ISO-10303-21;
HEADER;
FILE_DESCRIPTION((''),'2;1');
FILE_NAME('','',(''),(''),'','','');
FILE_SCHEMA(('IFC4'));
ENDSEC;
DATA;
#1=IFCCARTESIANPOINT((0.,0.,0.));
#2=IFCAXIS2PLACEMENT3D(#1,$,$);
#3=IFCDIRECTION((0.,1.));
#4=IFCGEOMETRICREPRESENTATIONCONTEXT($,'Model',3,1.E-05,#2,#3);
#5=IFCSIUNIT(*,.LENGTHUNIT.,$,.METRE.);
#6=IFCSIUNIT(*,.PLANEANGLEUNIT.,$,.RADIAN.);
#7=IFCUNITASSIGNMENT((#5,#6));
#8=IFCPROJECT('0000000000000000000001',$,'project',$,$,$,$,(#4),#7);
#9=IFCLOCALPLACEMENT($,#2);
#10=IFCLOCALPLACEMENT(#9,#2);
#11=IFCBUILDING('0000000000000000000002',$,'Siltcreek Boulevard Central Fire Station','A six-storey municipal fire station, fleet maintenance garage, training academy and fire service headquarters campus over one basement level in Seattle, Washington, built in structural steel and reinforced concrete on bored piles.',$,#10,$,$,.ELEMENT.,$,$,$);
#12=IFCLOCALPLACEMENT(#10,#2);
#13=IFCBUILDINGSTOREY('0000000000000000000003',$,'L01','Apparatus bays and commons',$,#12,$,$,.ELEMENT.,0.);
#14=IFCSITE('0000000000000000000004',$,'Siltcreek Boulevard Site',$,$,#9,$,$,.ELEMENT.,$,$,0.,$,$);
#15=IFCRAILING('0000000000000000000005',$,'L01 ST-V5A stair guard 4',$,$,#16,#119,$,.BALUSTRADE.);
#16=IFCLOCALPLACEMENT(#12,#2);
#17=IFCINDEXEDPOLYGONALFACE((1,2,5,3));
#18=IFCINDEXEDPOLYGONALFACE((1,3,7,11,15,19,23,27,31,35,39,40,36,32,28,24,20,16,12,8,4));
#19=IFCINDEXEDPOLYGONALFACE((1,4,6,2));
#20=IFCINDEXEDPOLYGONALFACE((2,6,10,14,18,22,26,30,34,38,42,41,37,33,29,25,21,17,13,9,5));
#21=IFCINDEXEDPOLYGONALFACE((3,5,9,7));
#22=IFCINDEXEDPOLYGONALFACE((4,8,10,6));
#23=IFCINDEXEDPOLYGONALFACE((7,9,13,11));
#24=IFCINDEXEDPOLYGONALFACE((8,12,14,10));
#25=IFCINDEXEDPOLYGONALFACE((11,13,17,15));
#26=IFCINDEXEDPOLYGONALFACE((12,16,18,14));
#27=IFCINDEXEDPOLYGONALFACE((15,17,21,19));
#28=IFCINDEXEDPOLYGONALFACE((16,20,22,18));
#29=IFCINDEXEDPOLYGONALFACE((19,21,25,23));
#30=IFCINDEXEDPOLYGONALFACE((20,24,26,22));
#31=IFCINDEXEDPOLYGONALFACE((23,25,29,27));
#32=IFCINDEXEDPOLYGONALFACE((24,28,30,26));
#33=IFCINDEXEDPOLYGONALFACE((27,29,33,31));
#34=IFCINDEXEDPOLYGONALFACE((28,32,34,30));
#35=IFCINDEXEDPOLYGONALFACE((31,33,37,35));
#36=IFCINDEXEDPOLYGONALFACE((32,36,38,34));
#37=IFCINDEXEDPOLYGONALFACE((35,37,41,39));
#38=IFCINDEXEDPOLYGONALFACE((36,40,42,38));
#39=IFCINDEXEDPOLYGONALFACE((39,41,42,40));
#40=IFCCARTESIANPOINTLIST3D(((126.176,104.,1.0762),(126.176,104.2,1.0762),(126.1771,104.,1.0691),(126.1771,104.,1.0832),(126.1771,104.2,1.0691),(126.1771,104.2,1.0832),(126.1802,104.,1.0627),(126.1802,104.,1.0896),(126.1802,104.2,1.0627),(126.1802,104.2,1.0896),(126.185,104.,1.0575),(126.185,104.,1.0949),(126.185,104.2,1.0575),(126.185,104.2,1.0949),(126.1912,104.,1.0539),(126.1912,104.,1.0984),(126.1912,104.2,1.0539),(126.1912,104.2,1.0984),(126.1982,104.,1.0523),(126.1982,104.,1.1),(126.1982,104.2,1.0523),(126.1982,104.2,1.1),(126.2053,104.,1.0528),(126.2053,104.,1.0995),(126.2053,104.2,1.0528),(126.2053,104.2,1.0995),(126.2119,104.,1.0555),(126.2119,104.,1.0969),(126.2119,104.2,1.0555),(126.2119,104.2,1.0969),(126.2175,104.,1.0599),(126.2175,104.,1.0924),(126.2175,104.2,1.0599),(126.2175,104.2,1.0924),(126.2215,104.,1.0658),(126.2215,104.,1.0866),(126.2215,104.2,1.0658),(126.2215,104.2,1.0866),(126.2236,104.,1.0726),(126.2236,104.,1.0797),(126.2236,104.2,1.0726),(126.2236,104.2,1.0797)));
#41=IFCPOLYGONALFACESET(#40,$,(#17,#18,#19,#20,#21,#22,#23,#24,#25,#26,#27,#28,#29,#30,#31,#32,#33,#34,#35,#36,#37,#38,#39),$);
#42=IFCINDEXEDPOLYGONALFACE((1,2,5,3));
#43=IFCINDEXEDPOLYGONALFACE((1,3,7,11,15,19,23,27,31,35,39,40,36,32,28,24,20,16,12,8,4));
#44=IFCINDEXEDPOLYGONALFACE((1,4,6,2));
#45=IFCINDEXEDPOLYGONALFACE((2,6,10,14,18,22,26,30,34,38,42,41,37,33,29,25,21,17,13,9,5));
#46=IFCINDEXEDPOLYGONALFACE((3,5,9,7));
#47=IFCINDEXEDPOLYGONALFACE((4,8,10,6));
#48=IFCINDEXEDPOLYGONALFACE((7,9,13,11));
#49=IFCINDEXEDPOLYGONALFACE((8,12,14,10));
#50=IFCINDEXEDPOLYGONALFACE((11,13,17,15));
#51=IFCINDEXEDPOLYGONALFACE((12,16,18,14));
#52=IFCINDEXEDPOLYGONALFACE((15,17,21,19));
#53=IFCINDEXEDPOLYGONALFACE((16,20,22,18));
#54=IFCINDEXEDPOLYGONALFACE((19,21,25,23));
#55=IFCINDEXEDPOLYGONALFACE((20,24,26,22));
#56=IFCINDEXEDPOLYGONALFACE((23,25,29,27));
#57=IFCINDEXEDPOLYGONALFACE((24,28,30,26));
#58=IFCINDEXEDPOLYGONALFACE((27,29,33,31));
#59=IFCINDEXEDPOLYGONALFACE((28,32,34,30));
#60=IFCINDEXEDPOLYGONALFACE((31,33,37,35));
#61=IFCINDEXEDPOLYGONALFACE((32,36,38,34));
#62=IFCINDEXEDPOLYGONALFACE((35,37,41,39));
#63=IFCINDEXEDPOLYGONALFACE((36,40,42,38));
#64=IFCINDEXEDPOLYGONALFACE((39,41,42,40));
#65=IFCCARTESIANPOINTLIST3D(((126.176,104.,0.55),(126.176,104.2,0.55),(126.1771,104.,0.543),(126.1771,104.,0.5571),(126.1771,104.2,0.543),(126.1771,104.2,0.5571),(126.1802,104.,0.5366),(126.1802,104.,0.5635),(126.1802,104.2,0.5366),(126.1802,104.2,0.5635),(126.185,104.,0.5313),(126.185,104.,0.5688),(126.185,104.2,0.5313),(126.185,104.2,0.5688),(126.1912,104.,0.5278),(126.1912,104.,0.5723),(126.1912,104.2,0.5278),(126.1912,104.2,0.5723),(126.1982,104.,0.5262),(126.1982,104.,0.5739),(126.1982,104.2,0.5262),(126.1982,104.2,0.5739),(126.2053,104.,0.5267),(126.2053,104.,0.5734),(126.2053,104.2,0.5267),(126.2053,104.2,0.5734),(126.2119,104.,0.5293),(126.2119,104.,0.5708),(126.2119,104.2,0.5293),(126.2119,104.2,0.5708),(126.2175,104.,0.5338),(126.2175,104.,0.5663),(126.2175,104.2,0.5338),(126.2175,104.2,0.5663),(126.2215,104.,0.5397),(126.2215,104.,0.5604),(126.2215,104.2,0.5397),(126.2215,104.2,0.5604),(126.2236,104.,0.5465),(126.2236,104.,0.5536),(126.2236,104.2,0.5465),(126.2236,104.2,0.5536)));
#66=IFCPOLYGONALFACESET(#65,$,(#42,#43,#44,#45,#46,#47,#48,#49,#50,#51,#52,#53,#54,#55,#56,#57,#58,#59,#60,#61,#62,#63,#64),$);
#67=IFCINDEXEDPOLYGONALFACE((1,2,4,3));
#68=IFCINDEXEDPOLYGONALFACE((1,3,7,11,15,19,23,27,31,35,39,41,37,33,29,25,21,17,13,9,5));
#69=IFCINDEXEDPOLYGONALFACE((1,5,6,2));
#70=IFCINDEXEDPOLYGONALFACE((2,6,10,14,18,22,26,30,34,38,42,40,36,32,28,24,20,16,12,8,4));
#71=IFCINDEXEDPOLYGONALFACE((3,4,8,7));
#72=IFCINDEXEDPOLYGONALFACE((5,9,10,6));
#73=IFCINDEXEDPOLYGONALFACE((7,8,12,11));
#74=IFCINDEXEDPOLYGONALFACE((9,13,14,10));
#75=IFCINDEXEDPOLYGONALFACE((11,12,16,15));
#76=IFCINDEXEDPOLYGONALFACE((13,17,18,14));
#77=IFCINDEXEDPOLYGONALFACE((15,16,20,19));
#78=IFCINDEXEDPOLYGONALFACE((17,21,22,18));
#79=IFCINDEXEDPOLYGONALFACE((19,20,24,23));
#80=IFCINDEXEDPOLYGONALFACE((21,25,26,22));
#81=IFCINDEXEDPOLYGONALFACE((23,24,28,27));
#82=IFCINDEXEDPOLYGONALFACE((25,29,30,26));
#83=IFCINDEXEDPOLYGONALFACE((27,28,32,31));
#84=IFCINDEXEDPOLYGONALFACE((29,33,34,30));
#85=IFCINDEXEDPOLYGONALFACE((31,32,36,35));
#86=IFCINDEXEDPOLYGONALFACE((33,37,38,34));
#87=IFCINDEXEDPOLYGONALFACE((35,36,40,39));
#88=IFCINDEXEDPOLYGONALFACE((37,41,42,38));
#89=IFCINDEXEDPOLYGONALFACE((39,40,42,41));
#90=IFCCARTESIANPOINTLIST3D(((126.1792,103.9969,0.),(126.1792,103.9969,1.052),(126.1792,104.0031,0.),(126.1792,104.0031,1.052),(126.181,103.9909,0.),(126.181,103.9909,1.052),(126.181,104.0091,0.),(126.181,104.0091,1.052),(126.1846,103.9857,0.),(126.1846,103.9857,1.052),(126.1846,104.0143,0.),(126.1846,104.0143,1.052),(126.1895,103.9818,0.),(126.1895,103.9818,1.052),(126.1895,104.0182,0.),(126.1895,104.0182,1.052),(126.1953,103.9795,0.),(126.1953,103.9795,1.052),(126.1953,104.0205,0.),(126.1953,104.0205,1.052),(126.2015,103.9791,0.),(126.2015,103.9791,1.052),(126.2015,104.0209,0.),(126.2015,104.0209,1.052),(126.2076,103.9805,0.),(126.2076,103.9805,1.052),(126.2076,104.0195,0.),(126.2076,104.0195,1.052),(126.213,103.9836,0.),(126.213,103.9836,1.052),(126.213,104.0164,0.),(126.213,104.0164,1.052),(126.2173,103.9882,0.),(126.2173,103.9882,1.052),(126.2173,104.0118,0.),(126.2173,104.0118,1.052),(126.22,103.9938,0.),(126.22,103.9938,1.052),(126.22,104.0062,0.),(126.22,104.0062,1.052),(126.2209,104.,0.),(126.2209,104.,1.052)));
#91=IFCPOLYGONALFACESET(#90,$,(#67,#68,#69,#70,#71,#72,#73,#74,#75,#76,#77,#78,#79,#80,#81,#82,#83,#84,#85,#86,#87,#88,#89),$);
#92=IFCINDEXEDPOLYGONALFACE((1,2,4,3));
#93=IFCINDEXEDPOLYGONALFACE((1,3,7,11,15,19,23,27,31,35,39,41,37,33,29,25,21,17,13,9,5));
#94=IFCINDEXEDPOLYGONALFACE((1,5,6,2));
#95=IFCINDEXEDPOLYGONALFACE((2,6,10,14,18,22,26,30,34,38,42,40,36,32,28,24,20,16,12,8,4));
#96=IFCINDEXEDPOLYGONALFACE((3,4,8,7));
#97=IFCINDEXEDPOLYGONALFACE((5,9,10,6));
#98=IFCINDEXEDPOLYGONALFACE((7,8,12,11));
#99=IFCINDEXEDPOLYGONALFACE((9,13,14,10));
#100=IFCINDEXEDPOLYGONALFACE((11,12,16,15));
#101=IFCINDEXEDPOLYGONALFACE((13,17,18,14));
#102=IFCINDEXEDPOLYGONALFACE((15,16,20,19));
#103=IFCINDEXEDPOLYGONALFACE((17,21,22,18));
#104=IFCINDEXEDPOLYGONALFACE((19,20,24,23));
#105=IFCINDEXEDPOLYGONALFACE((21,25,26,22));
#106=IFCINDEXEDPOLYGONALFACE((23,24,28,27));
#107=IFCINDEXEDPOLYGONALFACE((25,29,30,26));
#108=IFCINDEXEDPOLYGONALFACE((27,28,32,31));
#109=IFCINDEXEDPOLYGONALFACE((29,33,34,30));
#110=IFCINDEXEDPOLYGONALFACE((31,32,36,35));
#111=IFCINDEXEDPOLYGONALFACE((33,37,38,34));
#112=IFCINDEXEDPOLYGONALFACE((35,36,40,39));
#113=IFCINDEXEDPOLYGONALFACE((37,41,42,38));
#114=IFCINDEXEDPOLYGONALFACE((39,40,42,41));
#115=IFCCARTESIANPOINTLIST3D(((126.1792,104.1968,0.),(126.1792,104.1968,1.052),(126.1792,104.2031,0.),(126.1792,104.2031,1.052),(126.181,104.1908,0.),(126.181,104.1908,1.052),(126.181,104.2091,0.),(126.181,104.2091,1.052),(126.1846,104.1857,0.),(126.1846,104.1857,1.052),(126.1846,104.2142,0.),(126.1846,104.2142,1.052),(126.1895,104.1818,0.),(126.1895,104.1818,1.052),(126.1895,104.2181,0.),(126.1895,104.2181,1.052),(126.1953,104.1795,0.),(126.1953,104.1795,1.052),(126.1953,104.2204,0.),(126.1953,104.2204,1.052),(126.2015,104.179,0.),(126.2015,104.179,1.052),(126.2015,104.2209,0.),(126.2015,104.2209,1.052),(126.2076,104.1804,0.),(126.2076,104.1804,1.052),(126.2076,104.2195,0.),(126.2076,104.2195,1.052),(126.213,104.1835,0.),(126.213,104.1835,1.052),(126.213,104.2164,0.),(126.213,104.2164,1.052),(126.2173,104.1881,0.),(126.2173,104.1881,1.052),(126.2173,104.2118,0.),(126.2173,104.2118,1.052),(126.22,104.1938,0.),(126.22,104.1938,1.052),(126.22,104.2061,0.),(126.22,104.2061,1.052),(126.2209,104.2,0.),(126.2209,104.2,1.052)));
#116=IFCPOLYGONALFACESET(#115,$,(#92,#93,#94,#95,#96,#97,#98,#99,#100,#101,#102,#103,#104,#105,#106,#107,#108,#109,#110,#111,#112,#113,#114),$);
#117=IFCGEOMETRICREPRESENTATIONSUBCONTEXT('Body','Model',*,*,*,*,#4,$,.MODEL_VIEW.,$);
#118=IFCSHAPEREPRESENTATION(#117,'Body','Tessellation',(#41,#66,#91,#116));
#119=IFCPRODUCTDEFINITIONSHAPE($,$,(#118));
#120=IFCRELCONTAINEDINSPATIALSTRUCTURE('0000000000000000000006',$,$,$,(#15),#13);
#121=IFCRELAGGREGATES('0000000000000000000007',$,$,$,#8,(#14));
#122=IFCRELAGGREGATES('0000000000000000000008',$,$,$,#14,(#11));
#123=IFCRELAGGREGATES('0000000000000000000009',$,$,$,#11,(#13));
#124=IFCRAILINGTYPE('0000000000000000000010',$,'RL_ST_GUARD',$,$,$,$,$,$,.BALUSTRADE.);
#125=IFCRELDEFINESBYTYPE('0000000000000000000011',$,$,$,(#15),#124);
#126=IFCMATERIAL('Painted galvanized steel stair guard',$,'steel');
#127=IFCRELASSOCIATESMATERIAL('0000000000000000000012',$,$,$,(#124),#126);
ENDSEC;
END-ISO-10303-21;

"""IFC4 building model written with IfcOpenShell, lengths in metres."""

from ifc_helpers import new_model, si_unit, direction, frame, origin, origin_2d, place, context, subcontext, project, spatial, circle, extrude, material, type_object, element, save


model = new_model("IFC4")

# Units and contexts
model_context = context("Model", 3, precision=1e-05, world=origin(), true_north=direction((0.0, 1.0)))
body_context = subcontext(model_context, "Body", "Model", "MODEL_VIEW")
ifc_project = project(units=[si_unit("LENGTHUNIT", "METRE"), si_unit("PLANEANGLEUNIT", "RADIAN")], contexts=[model_context])

# Site, building, storey
site_placement = place(None, origin())
site = spatial("IfcSite", under=ifc_project, at=site_placement, Name="Siltcreek Boulevard Site", CompositionType="ELEMENT", RefElevation=0.0)
building_placement = place(site_placement, origin())
building = spatial("IfcBuilding", under=site, at=building_placement, Name="Siltcreek Boulevard Central Fire Station", Description="A six-storey municipal fire station, fleet maintenance garage, training academy and fire service headquarters campus over one basement level in Seattle, Washington, built in structural steel and reinforced concrete on bored piles.", CompositionType="ELEMENT")
storey_placement = place(building_placement, origin())
storey = spatial("IfcBuildingStorey", under=building, at=storey_placement, Name="L01", Description="Apparatus bays and commons", CompositionType="ELEMENT", Elevation=0.0)

# Railing
ifc_material_1 = material(Name="Painted galvanized steel stair guard", Category="steel")
railing_type_1 = type_object("IfcRailingType", Name="RL_ST_GUARD", PredefinedType="BALUSTRADE", material=ifc_material_1)
railing_1_placement = place(storey_placement, frame((126.2, 104.0, 0.0)))
element("IfcRailing", 1, at=railing_1_placement, inside=storey, type_object=railing_type_1, Name="L01 ST-V5A stair guard 4", PredefinedType="BALUSTRADE", context=body_context, shape_type="SweptSolid", body=[
    extrude(circle(Radius=0.0239, at=origin_2d()), frame((0.0, 0.0, 1.0762), z_axis=(0.0, 1.0, 0.0), x_axis=(-1.0, 0.0, 0.0)), (0.0, 0.0, 1.0), 0.2),
    extrude(circle(Radius=0.0239, at=origin_2d()), frame((0.0, 0.0, 0.55), z_axis=(0.0, 1.0, 0.0), x_axis=(-1.0, 0.0, 0.0)), (0.0, 0.0, 1.0), 0.2),
    extrude(circle(Radius=0.021, at=origin_2d()), origin(), (0.0, 0.0, 1.0), 1.052),
    extrude(circle(Radius=0.021, at=origin_2d()), frame((0.0, 0.2, 0.0)), (0.0, 0.0, 1.0), 1.052),
])

save(model, "model.ifc")
